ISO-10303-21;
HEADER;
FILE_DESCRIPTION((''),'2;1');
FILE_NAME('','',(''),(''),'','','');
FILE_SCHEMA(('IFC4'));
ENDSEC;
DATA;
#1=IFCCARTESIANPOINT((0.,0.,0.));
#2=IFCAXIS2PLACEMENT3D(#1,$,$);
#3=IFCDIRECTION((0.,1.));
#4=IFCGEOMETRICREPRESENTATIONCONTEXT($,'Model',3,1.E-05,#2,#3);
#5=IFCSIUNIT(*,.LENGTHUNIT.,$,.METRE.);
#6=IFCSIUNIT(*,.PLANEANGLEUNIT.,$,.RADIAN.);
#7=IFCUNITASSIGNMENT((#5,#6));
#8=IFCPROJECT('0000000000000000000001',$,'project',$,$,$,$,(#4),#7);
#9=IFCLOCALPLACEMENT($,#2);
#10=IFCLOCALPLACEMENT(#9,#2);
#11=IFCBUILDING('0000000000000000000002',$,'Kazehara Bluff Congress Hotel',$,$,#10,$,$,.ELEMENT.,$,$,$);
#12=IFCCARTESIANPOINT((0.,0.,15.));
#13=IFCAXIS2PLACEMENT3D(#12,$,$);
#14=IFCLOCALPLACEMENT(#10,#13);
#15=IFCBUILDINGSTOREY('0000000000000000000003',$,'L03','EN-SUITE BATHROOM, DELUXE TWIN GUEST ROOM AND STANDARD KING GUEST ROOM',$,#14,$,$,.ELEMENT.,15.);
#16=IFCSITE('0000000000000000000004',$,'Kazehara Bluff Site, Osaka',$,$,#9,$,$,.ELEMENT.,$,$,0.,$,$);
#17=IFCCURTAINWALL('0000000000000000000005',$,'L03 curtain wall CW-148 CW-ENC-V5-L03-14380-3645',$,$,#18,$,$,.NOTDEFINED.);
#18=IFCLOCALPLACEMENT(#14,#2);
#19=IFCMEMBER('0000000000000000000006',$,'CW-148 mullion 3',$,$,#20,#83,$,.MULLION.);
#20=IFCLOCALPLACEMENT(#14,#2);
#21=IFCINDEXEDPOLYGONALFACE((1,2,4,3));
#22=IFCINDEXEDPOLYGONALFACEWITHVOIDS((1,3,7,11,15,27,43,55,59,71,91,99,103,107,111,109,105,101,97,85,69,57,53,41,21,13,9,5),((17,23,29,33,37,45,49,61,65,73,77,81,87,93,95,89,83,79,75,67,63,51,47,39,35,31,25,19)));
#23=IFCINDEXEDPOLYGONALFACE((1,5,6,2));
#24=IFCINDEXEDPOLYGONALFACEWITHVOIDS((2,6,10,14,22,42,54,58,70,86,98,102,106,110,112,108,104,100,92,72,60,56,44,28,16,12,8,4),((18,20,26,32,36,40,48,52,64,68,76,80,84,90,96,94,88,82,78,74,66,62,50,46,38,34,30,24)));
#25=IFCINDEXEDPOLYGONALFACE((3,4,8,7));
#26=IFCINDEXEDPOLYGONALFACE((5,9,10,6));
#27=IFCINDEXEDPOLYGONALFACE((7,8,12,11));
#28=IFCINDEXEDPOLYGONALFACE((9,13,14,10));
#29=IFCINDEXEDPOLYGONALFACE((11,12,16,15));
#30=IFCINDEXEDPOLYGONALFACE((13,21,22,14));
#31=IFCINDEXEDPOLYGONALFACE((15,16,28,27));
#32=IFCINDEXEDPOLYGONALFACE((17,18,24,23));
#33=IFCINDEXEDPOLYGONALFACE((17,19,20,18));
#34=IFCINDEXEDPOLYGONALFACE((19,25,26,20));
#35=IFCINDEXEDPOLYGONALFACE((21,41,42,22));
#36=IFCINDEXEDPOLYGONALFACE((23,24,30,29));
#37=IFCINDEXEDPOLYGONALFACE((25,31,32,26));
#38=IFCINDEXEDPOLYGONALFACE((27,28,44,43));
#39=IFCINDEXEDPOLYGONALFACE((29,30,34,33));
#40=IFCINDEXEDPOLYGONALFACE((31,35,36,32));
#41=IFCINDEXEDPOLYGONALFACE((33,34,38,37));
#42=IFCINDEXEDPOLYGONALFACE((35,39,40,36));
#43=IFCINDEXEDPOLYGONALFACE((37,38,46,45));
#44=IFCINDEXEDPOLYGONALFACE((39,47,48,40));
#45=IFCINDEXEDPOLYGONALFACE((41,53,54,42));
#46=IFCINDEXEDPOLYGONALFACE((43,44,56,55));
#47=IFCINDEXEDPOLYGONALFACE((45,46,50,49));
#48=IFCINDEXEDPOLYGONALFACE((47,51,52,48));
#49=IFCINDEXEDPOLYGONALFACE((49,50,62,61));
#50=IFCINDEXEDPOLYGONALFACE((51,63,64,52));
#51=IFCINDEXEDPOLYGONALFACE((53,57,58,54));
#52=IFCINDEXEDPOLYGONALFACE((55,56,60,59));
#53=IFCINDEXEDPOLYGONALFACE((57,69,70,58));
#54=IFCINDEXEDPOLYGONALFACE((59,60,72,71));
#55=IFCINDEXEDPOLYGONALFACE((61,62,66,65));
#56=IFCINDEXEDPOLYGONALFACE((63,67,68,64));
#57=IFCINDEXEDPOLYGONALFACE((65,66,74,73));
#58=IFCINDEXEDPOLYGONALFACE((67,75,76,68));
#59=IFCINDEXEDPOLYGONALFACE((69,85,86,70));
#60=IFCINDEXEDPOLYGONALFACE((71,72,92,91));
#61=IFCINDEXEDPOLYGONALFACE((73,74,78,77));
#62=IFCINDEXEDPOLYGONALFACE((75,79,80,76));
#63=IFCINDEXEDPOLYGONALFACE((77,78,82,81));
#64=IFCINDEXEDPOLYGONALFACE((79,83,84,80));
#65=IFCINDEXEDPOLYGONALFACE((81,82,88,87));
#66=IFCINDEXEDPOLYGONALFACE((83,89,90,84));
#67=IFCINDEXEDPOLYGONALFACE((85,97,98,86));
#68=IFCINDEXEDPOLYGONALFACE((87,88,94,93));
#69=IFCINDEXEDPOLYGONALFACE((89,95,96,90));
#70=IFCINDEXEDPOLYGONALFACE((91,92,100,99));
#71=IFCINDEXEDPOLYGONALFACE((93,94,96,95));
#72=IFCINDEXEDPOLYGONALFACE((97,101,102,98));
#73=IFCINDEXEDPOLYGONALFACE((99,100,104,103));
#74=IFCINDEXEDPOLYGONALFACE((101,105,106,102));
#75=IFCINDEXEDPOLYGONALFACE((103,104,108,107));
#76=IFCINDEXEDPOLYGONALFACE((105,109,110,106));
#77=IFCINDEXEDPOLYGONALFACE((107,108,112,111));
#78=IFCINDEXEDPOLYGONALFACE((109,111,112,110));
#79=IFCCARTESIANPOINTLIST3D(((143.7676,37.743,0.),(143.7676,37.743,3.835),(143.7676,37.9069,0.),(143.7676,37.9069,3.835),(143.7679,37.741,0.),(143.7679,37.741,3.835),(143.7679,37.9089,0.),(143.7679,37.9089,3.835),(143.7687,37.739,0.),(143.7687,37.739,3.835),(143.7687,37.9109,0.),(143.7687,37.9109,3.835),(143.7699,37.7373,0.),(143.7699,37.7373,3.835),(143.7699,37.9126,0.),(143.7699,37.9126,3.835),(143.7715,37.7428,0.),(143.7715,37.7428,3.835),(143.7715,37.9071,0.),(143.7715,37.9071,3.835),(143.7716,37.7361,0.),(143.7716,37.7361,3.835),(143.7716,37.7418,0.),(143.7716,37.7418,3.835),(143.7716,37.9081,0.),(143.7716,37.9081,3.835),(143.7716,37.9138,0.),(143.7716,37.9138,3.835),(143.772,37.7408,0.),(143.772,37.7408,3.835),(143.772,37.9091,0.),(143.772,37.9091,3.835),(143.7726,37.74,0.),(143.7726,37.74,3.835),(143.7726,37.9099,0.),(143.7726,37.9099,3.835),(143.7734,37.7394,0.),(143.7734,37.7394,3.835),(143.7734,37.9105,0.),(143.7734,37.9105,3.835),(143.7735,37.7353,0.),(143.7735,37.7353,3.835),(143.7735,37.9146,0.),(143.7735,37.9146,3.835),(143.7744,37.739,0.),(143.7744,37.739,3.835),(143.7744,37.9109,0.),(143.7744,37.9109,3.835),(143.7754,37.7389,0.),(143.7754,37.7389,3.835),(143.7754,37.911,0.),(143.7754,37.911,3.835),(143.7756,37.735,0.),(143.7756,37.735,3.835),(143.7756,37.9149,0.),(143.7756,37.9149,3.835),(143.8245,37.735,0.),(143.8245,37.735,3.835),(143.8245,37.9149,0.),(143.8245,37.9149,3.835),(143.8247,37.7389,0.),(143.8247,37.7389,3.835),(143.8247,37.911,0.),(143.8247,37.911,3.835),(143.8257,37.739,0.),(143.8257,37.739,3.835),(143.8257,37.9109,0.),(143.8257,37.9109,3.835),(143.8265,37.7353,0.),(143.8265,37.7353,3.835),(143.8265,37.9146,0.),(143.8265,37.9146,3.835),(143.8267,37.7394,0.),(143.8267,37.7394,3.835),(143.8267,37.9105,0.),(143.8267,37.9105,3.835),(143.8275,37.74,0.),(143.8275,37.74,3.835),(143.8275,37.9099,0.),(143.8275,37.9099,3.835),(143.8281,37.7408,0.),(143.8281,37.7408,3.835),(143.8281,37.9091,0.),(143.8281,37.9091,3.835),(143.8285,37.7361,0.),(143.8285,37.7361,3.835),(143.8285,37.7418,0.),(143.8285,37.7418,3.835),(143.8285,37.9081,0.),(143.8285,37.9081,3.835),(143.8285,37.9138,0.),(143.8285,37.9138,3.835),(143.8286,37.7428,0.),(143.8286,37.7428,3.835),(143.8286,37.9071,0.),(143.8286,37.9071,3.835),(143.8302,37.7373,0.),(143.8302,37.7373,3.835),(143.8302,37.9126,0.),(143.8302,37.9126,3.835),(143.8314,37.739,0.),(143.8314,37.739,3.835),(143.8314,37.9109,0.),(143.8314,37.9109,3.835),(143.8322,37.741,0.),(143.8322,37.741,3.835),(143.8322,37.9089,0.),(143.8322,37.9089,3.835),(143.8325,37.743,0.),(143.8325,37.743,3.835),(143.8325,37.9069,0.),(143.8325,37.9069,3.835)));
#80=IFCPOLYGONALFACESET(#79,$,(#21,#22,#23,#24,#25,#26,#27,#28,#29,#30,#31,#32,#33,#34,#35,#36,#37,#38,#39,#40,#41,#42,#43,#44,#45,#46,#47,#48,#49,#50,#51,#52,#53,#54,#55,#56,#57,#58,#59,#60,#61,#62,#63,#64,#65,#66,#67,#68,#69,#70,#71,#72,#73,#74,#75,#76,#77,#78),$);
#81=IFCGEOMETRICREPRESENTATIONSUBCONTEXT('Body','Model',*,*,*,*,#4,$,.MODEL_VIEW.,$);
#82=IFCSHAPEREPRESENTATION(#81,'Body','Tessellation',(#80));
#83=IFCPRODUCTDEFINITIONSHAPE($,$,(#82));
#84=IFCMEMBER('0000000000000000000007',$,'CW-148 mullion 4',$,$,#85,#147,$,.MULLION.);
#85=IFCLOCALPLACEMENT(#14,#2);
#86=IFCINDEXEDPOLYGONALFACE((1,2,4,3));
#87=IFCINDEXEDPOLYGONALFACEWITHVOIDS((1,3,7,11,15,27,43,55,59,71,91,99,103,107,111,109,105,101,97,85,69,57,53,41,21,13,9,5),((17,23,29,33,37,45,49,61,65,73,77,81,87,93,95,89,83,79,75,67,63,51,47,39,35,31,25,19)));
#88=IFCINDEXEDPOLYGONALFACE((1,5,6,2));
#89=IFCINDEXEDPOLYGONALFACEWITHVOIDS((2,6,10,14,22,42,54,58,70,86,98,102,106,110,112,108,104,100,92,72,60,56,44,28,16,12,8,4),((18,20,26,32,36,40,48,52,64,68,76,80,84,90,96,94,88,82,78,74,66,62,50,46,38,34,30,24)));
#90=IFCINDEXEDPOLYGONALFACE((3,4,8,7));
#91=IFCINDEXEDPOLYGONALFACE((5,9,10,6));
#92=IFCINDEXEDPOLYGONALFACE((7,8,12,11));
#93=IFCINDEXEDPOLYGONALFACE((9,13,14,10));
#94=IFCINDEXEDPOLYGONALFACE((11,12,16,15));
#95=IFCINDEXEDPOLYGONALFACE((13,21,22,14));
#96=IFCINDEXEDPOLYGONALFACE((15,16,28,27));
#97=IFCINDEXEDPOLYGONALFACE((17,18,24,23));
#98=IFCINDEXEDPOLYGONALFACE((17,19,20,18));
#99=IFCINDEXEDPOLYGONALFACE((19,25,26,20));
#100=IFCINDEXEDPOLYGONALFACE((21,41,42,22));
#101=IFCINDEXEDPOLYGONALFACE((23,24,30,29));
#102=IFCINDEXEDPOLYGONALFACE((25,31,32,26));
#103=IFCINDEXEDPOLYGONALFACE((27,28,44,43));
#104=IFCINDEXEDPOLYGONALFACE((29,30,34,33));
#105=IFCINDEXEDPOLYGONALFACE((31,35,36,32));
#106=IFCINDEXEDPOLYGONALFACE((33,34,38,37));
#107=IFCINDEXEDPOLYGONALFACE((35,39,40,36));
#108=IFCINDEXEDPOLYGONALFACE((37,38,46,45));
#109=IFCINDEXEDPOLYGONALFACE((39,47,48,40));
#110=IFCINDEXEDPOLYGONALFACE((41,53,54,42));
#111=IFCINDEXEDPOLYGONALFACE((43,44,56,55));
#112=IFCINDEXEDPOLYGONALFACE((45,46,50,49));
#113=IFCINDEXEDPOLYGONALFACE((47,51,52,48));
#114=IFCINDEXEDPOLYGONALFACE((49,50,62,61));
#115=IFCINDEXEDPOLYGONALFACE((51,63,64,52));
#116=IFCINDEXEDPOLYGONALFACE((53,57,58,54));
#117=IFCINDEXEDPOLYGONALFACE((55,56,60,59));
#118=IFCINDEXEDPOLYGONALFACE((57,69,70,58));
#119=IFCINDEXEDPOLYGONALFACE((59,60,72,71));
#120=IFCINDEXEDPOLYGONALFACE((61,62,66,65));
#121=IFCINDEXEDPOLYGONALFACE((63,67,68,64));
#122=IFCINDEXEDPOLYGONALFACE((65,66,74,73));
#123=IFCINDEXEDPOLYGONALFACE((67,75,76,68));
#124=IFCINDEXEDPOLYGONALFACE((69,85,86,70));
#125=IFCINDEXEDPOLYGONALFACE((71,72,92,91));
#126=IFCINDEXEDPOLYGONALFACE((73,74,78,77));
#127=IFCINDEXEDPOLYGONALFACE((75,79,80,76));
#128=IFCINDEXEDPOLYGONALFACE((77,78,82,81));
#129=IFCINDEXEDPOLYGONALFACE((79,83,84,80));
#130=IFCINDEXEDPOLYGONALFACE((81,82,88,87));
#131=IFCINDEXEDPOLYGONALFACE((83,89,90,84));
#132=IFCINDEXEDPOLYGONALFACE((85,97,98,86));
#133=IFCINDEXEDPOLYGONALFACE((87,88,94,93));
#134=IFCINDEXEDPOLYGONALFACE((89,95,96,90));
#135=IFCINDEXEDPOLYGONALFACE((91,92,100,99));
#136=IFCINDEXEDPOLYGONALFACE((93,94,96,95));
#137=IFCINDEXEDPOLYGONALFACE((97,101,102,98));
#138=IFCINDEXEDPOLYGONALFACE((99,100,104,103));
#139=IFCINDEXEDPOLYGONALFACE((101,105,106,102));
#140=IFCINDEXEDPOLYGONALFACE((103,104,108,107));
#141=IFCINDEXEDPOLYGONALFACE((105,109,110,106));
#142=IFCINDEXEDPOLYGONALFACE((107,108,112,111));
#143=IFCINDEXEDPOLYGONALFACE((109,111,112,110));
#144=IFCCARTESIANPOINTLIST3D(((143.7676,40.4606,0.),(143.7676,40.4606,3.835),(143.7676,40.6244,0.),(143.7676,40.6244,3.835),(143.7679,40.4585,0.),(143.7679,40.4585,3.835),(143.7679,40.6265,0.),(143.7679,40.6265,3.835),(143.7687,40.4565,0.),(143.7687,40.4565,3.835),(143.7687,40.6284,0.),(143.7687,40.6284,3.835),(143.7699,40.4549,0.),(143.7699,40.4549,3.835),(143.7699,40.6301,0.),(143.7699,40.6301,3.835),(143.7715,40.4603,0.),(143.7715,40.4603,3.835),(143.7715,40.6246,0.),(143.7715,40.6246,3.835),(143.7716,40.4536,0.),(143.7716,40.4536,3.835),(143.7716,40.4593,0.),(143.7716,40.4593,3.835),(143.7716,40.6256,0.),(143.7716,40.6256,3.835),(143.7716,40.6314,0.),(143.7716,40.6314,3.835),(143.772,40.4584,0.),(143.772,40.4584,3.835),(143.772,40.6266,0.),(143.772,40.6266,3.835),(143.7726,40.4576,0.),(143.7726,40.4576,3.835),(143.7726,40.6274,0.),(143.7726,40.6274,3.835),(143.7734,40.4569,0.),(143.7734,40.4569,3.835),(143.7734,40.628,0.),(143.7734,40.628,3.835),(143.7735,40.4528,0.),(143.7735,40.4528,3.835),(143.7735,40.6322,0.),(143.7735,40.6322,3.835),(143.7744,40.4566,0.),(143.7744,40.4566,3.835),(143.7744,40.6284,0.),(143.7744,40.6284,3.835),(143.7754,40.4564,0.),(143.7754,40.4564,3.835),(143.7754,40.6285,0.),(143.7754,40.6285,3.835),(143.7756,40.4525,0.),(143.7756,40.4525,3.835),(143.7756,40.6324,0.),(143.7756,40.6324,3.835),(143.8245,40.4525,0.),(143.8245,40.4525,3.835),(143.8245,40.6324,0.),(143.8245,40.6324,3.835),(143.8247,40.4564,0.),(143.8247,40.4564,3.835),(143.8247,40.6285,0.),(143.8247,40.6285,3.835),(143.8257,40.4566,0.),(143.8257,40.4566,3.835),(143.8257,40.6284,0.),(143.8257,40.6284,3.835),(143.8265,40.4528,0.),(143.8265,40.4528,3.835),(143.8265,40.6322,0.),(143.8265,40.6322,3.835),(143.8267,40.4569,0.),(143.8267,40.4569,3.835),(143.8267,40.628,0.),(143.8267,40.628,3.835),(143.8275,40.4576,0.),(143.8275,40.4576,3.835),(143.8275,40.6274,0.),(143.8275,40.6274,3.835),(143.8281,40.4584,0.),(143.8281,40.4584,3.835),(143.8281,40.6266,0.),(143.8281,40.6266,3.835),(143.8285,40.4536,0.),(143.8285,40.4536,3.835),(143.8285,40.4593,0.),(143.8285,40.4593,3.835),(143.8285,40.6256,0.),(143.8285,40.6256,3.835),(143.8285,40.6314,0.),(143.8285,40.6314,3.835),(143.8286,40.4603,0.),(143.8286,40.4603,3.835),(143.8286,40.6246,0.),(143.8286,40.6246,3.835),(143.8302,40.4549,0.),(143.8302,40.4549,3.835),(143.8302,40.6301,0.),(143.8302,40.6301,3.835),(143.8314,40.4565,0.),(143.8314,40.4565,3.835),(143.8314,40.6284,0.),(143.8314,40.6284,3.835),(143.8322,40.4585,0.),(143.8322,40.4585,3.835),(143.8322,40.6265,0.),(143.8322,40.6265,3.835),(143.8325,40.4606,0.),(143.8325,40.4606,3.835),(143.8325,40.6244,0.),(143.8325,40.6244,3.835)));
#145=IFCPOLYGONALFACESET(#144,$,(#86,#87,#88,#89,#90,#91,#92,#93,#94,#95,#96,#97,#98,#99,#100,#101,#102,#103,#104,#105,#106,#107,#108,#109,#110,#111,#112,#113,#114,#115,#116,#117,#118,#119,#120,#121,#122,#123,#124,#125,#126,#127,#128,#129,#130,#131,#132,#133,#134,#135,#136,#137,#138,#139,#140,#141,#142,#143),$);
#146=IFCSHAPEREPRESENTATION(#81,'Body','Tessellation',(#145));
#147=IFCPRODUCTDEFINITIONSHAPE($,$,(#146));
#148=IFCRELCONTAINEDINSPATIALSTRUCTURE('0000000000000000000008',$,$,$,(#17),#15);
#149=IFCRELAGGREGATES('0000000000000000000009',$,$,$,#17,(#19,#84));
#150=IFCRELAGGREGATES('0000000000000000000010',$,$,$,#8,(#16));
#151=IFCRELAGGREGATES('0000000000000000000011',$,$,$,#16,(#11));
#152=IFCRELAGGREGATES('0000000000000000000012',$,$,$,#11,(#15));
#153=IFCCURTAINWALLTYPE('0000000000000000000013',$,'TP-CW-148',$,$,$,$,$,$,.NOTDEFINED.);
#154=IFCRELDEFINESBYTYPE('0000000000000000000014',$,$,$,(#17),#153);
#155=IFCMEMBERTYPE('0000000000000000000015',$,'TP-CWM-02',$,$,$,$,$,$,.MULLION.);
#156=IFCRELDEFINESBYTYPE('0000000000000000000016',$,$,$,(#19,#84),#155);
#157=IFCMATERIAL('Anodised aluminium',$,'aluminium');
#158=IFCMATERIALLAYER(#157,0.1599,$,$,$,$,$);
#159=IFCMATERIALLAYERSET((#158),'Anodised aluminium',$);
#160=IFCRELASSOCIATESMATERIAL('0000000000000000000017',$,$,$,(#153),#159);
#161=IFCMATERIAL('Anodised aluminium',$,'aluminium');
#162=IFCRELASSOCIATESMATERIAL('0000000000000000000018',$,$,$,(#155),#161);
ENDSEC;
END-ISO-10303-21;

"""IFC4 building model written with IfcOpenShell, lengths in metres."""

from ifc_helpers import new_model, si_unit, direction, frame, origin, origin_2d, place, context, subcontext, project, spatial, hollow_rectangle, extrude, material, layer, layer_set, material_profile, profile_set, type_object, element, aggregate, save


model = new_model("IFC4")

# Units and contexts
model_context = context("Model", 3, precision=1e-05, world=origin(), true_north=direction((0.0, 1.0)))
body_context = subcontext(model_context, "Body", "Model", "MODEL_VIEW")
ifc_project = project(units=[si_unit("LENGTHUNIT", "METRE"), si_unit("PLANEANGLEUNIT", "RADIAN")], contexts=[model_context])

# Site, building, storey
site_placement = place(None, origin())
site = spatial("IfcSite", under=ifc_project, at=site_placement, Name="Kazehara Bluff Site, Osaka", CompositionType="ELEMENT", RefElevation=0.0)
building_placement = place(site_placement, origin())
building = spatial("IfcBuilding", under=site, at=building_placement, Name="Kazehara Bluff Congress Hotel", CompositionType="ELEMENT")
storey_placement = place(building_placement, frame((0.0, 0.0, 15.0)))
storey = spatial("IfcBuildingStorey", under=building, at=storey_placement, Name="L03", Description="EN-SUITE BATHROOM, DELUXE TWIN GUEST ROOM AND STANDARD KING GUEST ROOM", CompositionType="ELEMENT", Elevation=15.0)

# Curtain wall, members
ifc_material_1 = material(Name="Anodised aluminium", Category="aluminium")
ifc_layer_1 = layer(ifc_material_1, 0.1599)
ifc_layer_set_1 = layer_set([ifc_layer_1], Name="Anodised aluminium")
curtain_wall_type_1 = type_object("IfcCurtainWallType", Name="TP-CW-148", PredefinedType="NOTDEFINED", material=ifc_layer_set_1)
curtain_wall_1_placement = place(storey_placement, origin())
curtain_wall_1 = element("IfcCurtainWall", 1, at=curtain_wall_1_placement, inside=storey, type_object=curtain_wall_type_1, Name="L03 curtain wall CW-148 CW-ENC-V5-L03-14380-3645", PredefinedType="NOTDEFINED")
ifc_material_2 = material(Name="Anodised aluminium", Category="aluminium")
ifc_material_profile_1 = material_profile(ifc_material_2, hollow_rectangle(XDim=0.0649, YDim=0.1799, WallThickness=0.0039, InnerFilletRadius=0.0039, OuterFilletRadius=0.0081, at=origin_2d()))
ifc_profile_set_1 = profile_set([ifc_material_profile_1], Name="Anodised aluminium")
member_type_1 = type_object("IfcMemberType", Name="TP-CWM-02", PredefinedType="MULLION", material=ifc_profile_set_1)
member_1_placement = place(storey_placement, frame((143.8, 37.825, 0.0), z_axis=(0.0, 0.0, 1.0), x_axis=(-1.0, 0.0, 0.0)))
member_1 = element("IfcMember", 2, at=member_1_placement, type_object=member_type_1, Name="CW-148 mullion 3", PredefinedType="MULLION", context=body_context, shape_type="SweptSolid", body=[
    extrude(hollow_rectangle(XDim=0.0649, YDim=0.1799, WallThickness=0.0039, InnerFilletRadius=0.0039, OuterFilletRadius=0.0081, at=origin_2d()), origin(), (0.0, 0.0, 1.0), 3.835),
])
member_2_placement = place(storey_placement, frame((143.8, 40.5425, 0.0), z_axis=(0.0, 0.0, 1.0), x_axis=(-1.0, 0.0, 0.0)))
member_2 = element("IfcMember", 3, at=member_2_placement, type_object=member_type_1, Name="CW-148 mullion 4", PredefinedType="MULLION", context=body_context, shape_type="SweptSolid", body=[
    extrude(hollow_rectangle(XDim=0.0649, YDim=0.1799, WallThickness=0.0039, InnerFilletRadius=0.0039, OuterFilletRadius=0.0081, at=origin_2d()), origin(), (0.0, 0.0, 1.0), 3.835),
])

aggregate(curtain_wall_1, [member_1, member_2])

save(model, "model.ifc")
